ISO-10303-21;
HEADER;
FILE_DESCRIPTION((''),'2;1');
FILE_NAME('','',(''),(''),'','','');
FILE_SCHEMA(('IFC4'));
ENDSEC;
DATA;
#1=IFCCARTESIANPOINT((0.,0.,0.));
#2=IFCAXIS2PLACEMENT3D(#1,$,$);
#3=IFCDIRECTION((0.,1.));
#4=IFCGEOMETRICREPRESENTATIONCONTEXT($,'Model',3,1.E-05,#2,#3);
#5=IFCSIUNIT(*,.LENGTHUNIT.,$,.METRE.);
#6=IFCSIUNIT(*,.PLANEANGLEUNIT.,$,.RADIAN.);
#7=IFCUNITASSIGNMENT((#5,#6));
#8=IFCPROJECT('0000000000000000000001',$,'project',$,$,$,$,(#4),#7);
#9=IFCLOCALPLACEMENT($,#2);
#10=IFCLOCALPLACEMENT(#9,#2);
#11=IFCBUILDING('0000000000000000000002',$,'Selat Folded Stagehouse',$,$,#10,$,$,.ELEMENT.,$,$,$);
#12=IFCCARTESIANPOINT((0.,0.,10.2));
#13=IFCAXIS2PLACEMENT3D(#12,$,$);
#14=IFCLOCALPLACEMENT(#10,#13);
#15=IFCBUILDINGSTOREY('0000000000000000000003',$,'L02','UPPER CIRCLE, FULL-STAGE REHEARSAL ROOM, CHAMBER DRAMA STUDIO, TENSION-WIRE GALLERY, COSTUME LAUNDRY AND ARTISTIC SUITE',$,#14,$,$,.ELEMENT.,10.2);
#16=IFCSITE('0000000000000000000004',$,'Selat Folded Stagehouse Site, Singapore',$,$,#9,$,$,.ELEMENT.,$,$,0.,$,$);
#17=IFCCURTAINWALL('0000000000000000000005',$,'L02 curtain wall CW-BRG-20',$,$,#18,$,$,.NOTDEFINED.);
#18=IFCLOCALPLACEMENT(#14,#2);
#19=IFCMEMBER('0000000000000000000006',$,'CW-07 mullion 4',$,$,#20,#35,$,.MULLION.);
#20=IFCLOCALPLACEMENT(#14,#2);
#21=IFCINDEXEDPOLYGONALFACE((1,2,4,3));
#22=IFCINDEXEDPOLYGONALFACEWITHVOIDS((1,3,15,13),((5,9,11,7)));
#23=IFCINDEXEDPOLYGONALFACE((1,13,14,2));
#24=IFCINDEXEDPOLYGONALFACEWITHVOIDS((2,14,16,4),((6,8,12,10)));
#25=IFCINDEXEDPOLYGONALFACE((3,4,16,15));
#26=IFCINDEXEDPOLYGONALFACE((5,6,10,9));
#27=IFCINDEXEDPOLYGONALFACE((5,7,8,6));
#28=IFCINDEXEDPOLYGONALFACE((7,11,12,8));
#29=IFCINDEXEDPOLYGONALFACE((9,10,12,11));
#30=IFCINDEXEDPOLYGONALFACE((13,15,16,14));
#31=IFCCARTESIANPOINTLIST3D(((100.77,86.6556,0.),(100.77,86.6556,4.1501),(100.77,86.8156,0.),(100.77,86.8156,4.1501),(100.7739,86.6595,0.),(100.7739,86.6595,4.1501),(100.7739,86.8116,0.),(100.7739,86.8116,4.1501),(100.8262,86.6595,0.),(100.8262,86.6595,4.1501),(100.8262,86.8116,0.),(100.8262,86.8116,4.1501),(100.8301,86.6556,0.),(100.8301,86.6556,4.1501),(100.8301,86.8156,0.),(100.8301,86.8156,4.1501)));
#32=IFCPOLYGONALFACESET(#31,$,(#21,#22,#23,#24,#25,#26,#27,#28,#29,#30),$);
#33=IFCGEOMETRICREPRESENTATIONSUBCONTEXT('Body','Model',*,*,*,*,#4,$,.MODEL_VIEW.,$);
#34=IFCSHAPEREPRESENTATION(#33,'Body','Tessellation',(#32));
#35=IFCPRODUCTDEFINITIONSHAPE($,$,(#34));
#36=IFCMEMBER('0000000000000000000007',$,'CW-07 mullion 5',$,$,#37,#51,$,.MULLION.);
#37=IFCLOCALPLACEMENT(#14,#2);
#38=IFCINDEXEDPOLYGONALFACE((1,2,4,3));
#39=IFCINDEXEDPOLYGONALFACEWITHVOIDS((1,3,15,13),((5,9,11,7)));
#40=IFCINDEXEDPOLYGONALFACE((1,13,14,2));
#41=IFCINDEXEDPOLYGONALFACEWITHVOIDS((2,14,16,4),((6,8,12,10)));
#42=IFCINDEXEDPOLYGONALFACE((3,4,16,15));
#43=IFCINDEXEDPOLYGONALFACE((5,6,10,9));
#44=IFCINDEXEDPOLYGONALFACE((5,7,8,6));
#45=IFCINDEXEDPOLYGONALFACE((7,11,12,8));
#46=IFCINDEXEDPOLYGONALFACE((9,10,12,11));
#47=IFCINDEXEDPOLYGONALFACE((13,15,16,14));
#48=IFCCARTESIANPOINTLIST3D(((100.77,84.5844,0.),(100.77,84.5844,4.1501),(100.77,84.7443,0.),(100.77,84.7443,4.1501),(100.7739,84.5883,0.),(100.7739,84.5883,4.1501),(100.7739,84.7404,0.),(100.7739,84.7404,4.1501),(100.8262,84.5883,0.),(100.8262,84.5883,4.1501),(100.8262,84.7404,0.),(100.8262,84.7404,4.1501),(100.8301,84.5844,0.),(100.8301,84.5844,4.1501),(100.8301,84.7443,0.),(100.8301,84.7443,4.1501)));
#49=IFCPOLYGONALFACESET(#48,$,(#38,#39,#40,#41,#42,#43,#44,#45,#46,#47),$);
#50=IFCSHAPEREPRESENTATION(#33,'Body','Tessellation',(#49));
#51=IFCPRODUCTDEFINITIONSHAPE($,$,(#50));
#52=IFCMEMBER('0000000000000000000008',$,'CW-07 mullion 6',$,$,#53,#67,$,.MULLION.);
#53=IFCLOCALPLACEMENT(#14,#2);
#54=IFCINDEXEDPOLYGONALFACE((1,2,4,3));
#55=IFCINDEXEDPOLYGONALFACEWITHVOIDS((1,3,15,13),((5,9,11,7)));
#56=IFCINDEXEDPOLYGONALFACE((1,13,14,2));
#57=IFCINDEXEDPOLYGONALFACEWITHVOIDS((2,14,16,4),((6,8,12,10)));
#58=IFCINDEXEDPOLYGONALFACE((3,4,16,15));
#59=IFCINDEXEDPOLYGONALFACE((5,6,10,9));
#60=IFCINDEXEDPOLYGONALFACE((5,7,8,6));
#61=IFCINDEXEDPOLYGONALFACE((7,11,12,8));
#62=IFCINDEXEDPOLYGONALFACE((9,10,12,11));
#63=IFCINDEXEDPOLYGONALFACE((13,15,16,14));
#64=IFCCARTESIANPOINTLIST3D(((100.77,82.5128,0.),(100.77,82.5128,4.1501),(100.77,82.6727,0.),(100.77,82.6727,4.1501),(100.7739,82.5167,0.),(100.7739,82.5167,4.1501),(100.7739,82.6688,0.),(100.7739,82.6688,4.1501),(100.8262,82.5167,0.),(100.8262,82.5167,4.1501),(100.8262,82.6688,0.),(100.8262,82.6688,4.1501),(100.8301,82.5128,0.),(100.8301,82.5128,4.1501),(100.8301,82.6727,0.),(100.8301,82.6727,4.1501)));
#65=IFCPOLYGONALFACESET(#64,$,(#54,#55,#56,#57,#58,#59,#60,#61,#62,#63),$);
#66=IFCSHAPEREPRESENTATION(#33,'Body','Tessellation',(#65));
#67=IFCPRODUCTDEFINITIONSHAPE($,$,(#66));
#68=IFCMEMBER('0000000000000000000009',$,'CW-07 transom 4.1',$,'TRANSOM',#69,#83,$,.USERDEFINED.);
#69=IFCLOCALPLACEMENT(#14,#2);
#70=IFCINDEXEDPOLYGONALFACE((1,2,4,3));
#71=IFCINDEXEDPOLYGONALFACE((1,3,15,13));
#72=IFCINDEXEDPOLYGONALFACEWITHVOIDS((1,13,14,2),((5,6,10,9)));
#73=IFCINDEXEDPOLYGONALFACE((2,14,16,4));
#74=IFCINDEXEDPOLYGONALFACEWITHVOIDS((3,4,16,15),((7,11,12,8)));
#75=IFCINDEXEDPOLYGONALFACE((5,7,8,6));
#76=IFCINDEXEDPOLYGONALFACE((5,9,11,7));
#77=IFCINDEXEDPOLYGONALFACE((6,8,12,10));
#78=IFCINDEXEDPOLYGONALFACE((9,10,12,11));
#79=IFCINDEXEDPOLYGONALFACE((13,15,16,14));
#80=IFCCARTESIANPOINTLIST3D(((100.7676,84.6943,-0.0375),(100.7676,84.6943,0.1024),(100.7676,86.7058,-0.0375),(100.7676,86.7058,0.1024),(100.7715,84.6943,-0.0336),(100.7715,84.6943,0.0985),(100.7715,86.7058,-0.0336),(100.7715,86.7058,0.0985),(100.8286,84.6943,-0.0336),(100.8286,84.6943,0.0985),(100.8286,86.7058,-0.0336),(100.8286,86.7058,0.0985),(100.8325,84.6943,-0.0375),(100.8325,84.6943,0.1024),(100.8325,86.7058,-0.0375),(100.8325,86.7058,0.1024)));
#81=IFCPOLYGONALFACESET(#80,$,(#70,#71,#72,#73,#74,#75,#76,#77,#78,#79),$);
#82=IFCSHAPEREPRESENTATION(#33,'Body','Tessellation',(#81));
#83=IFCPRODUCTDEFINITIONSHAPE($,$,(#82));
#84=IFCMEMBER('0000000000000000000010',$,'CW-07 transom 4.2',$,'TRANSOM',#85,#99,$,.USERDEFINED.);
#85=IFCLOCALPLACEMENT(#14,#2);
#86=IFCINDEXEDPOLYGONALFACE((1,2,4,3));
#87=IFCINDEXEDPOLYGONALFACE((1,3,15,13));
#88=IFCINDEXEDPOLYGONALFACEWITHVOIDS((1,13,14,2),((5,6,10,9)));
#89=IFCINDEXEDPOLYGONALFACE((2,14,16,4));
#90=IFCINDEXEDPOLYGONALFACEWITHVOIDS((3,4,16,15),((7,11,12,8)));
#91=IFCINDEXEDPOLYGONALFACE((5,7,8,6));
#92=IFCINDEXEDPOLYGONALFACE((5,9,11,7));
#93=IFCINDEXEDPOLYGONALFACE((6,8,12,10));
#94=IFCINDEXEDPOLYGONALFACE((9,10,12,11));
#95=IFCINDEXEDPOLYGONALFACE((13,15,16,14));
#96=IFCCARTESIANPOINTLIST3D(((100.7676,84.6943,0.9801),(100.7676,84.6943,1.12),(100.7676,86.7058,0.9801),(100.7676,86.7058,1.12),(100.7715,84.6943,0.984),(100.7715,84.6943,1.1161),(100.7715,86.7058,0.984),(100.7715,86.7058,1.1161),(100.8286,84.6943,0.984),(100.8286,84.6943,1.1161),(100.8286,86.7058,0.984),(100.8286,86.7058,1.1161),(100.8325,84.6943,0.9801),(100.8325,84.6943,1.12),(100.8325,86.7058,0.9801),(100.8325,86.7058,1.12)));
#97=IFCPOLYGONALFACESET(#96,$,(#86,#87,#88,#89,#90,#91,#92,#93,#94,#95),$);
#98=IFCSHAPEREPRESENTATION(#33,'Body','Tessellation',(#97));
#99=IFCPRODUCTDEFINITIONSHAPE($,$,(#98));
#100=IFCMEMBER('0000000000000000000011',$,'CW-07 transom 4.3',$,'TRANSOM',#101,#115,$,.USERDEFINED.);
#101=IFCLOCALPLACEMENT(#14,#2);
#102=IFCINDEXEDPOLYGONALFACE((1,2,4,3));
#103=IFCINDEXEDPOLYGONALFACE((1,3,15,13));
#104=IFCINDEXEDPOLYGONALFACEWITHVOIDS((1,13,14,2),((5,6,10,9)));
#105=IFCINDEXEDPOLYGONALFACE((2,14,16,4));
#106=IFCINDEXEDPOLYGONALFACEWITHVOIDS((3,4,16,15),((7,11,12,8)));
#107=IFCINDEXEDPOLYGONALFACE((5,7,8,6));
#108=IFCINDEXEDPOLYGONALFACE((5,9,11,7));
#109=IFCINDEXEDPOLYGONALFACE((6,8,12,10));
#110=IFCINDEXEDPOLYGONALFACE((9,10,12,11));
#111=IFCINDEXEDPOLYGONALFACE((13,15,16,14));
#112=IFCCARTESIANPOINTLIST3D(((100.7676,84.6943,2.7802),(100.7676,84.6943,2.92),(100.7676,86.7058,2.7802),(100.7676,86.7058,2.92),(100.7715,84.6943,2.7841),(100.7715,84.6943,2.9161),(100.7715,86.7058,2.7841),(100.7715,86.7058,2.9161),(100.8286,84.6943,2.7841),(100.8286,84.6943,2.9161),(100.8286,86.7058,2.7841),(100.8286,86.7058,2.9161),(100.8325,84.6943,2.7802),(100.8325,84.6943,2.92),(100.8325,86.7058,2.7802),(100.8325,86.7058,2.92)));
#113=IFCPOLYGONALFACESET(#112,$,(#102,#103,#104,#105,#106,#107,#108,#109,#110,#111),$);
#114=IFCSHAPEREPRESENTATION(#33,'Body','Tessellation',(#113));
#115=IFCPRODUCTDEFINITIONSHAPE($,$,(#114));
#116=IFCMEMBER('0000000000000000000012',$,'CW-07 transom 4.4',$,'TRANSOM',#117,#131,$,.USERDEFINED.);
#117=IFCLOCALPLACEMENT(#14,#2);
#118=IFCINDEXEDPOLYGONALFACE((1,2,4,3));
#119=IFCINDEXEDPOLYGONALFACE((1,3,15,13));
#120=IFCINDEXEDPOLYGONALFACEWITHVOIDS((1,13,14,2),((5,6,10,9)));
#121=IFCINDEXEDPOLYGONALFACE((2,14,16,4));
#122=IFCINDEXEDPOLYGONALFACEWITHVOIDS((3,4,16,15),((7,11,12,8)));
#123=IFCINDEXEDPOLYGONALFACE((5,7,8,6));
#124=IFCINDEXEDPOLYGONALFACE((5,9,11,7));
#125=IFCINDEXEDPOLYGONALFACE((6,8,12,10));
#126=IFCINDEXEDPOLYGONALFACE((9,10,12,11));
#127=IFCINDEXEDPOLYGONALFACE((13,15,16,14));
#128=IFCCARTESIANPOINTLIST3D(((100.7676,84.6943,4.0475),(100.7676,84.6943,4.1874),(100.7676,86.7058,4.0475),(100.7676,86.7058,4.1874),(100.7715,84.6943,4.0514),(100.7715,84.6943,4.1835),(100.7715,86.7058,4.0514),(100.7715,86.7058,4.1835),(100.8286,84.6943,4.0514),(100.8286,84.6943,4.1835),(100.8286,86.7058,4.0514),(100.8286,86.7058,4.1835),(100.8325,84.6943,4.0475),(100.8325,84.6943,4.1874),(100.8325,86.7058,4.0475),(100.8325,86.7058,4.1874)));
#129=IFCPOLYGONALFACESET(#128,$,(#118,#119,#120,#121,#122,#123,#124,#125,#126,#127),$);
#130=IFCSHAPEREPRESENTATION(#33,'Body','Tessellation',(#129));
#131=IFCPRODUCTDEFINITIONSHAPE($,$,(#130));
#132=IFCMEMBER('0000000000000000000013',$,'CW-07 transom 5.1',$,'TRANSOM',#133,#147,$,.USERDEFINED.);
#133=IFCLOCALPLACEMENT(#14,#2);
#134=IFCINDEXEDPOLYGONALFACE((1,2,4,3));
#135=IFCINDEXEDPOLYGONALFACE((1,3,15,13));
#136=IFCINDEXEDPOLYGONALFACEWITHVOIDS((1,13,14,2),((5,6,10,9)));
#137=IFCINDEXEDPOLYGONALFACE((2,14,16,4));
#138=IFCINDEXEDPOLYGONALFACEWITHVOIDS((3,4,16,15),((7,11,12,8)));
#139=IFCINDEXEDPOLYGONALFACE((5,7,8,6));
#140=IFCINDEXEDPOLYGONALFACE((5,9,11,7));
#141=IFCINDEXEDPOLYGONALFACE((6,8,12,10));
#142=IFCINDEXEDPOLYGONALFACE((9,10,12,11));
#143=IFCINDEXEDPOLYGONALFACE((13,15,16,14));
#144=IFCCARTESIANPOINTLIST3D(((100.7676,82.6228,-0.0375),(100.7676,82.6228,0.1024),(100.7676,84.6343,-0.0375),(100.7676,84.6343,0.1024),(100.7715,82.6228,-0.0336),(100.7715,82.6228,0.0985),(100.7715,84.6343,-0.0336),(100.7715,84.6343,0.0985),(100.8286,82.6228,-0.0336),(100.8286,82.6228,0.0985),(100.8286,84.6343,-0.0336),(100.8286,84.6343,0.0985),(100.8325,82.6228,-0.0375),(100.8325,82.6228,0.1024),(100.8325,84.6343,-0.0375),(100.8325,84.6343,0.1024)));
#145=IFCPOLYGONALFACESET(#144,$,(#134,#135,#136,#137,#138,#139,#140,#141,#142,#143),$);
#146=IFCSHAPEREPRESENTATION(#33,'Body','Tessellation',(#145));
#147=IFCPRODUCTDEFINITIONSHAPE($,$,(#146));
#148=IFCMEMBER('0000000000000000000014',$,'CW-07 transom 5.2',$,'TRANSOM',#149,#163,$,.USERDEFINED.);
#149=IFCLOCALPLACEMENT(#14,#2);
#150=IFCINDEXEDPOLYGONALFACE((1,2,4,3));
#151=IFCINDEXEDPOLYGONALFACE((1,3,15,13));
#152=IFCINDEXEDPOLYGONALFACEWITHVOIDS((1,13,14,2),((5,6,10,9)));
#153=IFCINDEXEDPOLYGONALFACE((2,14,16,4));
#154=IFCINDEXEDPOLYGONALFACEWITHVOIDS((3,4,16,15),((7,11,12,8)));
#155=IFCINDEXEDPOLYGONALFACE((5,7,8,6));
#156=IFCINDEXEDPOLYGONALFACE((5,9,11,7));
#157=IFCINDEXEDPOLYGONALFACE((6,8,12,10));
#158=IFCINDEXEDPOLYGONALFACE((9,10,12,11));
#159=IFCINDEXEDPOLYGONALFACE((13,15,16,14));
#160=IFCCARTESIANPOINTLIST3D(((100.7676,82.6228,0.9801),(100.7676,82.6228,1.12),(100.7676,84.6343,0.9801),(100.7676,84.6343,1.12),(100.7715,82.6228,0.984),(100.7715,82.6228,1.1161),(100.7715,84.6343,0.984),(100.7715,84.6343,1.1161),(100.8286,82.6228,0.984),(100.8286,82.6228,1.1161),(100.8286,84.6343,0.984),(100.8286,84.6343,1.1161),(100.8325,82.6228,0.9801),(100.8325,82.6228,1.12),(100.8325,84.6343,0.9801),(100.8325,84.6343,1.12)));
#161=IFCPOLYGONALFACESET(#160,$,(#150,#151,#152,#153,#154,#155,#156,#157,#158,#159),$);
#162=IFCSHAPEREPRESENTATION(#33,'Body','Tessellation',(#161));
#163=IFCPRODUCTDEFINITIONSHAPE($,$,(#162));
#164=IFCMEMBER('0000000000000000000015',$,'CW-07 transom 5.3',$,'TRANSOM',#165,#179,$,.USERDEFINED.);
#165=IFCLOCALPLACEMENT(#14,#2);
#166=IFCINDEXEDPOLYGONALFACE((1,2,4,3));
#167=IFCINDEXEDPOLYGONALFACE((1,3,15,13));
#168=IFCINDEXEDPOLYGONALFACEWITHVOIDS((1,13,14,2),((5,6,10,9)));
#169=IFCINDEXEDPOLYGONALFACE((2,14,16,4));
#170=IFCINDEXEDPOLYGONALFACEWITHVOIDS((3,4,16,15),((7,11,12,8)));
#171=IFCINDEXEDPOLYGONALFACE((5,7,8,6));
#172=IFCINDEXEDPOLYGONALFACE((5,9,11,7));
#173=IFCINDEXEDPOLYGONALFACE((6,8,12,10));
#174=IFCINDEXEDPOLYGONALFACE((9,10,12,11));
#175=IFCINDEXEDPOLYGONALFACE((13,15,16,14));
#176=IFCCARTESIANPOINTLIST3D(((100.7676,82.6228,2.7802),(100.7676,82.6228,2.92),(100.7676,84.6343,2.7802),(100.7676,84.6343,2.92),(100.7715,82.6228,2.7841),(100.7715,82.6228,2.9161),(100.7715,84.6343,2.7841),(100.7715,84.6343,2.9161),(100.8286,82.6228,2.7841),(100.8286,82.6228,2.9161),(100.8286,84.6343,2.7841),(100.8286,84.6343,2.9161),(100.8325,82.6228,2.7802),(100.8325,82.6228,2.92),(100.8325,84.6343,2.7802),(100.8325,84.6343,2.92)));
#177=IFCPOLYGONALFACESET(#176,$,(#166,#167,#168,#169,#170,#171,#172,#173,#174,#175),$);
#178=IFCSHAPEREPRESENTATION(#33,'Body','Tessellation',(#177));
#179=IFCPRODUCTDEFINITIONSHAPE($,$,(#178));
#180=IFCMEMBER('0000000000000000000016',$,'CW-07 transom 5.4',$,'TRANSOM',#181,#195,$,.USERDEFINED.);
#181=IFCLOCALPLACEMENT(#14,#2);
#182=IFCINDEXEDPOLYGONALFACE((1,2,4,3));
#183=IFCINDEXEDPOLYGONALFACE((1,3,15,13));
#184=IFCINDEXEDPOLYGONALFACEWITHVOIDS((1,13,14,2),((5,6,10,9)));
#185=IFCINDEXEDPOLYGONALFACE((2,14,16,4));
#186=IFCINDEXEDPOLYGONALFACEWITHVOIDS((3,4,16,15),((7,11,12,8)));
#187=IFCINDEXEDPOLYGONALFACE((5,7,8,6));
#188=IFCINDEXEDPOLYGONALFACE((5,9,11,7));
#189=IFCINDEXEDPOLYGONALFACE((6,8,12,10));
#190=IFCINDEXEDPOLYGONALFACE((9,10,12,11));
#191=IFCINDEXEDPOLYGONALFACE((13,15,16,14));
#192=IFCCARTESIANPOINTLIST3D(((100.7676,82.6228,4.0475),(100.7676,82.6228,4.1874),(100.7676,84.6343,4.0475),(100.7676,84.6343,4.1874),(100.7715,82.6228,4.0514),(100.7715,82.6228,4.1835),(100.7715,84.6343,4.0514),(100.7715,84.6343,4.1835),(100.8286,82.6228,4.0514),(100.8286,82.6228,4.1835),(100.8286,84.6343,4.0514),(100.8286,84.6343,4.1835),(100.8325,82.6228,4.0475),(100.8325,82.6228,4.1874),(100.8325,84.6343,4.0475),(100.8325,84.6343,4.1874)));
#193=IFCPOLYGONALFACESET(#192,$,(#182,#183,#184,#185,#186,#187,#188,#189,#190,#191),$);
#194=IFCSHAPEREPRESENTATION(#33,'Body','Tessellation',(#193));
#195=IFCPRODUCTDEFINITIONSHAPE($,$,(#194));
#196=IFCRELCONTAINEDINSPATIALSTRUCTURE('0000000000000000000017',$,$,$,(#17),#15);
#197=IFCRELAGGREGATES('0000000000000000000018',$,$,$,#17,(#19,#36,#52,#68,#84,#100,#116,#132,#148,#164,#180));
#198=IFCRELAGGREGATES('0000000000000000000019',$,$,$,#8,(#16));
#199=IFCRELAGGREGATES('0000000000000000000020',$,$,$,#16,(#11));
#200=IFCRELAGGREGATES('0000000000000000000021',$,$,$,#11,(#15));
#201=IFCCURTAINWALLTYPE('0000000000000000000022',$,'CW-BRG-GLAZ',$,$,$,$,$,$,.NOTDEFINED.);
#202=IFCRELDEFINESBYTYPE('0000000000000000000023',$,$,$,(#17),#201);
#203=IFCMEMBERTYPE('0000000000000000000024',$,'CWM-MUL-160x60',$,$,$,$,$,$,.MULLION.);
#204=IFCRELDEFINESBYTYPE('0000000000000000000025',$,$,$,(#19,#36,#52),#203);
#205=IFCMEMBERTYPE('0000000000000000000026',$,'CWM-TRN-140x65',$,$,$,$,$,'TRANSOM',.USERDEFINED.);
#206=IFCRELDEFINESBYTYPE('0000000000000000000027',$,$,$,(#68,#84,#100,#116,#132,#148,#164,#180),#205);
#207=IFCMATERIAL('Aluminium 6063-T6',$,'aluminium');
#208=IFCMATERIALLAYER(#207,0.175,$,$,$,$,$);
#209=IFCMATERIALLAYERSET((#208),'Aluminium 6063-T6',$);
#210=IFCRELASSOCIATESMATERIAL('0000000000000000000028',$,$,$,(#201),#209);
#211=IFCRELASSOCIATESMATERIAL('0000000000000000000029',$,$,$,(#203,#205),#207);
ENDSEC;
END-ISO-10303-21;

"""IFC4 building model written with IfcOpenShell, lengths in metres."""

from ifc_helpers import new_model, si_unit, direction, frame, origin, origin_2d, place, context, subcontext, project, spatial, hollow_rectangle, extrude, material, layer, layer_set, material_profile, profile_set, type_object, element, aggregate, save


model = new_model("IFC4")

# Units and contexts
model_context = context("Model", 3, precision=1e-05, world=origin(), true_north=direction((0.0, 1.0)))
body_context = subcontext(model_context, "Body", "Model", "MODEL_VIEW")
ifc_project = project(units=[si_unit("LENGTHUNIT", "METRE"), si_unit("PLANEANGLEUNIT", "RADIAN")], contexts=[model_context])

# Site, building, storey
site_placement = place(None, origin())
site = spatial("IfcSite", under=ifc_project, at=site_placement, Name="Selat Folded Stagehouse Site, Singapore", CompositionType="ELEMENT", RefElevation=0.0)
building_placement = place(site_placement, origin())
building = spatial("IfcBuilding", under=site, at=building_placement, Name="Selat Folded Stagehouse", CompositionType="ELEMENT")
storey_placement = place(building_placement, frame((0.0, 0.0, 10.2)))
storey = spatial("IfcBuildingStorey", under=building, at=storey_placement, Name="L02", Description="UPPER CIRCLE, FULL-STAGE REHEARSAL ROOM, CHAMBER DRAMA STUDIO, TENSION-WIRE GALLERY, COSTUME LAUNDRY AND ARTISTIC SUITE", CompositionType="ELEMENT", Elevation=10.2)

# Curtain wall, members
ifc_material_1 = material(Name="Aluminium 6063-T6", Category="aluminium")
ifc_layer_1 = layer(ifc_material_1, 0.175)
ifc_layer_set_1 = layer_set([ifc_layer_1], Name="Aluminium 6063-T6")
curtain_wall_type = type_object("IfcCurtainWallType", Name="CW-BRG-GLAZ", PredefinedType="NOTDEFINED", material=ifc_layer_set_1)
curtain_wall_placement = place(storey_placement, origin())
curtain_wall = element("IfcCurtainWall", 1, at=curtain_wall_placement, inside=storey, type_object=curtain_wall_type, Name="L02 curtain wall CW-BRG-20", PredefinedType="NOTDEFINED")
ifc_material_profile_1 = material_profile(ifc_material_1, hollow_rectangle(XDim=0.0601, YDim=0.1599, WallThickness=0.0039, at=origin_2d()), Name="ALU 160x60x4.0")
ifc_profile_set_1 = profile_set([ifc_material_profile_1], Name="Aluminium 6063-T6")
member_type_1 = type_object("IfcMemberType", Name="CWM-MUL-160x60", PredefinedType="MULLION", material=ifc_profile_set_1)
member_1_placement = place(storey_placement, frame((100.8, 86.7356, 0.0), z_axis=(0.0, 0.0, 1.0), x_axis=(1.0, 0.0, 0.0)))
member_1 = element("IfcMember", 2, at=member_1_placement, type_object=member_type_1, Name="CW-07 mullion 4", PredefinedType="MULLION", context=body_context, shape_type="SweptSolid", body=[
    extrude(hollow_rectangle(XDim=0.0601, YDim=0.1599, WallThickness=0.0039, at=origin_2d()), origin(), (0.0, 0.0, 1.0), 4.1501),
])
member_2_placement = place(storey_placement, frame((100.8, 84.6643, 0.0), z_axis=(0.0, 0.0, 1.0), x_axis=(1.0, 0.0, 0.0)))
member_2 = element("IfcMember", 3, at=member_2_placement, type_object=member_type_1, Name="CW-07 mullion 5", PredefinedType="MULLION", context=body_context, shape_type="SweptSolid", body=[
    extrude(hollow_rectangle(XDim=0.0601, YDim=0.1599, WallThickness=0.0039, at=origin_2d()), origin(), (0.0, 0.0, 1.0), 4.1501),
])
member_3_placement = place(storey_placement, frame((100.8, 82.5928, 0.0), z_axis=(0.0, 0.0, 1.0), x_axis=(1.0, 0.0, 0.0)))
member_3 = element("IfcMember", 4, at=member_3_placement, type_object=member_type_1, Name="CW-07 mullion 6", PredefinedType="MULLION", context=body_context, shape_type="SweptSolid", body=[
    extrude(hollow_rectangle(XDim=0.0601, YDim=0.1599, WallThickness=0.0039, at=origin_2d()), origin(), (0.0, 0.0, 1.0), 4.1501),
])
ifc_material_profile_2 = material_profile(ifc_material_1, hollow_rectangle(XDim=0.0649, YDim=0.1399, WallThickness=0.0039, at=origin_2d()), Name="ALU 140x65x4.0")
ifc_profile_set_2 = profile_set([ifc_material_profile_2], Name="Aluminium 6063-T6")
member_type_2 = type_object("IfcMemberType", Name="CWM-TRN-140x65", ElementType="TRANSOM", PredefinedType="USERDEFINED", material=ifc_profile_set_2)
member_4_placement = place(storey_placement, frame((100.8, 86.7058, 0.0325), z_axis=(0.0, -1.0, 0.0), x_axis=(1.0, 0.0, 0.0)))
member_4 = element("IfcMember", 5, at=member_4_placement, type_object=member_type_2, Name="CW-07 transom 4.1", ObjectType="TRANSOM", PredefinedType="USERDEFINED", context=body_context, shape_type="SweptSolid", body=[
    extrude(hollow_rectangle(XDim=0.0649, YDim=0.1399, WallThickness=0.0039, at=origin_2d()), origin(), (0.0, 0.0, 1.0), 2.0115),
])
member_5_placement = place(storey_placement, frame((100.8, 86.7058, 1.05), z_axis=(0.0, -1.0, 0.0), x_axis=(1.0, 0.0, 0.0)))
member_5 = element("IfcMember", 6, at=member_5_placement, type_object=member_type_2, Name="CW-07 transom 4.2", ObjectType="TRANSOM", PredefinedType="USERDEFINED", context=body_context, shape_type="SweptSolid", body=[
    extrude(hollow_rectangle(XDim=0.0649, YDim=0.1399, WallThickness=0.0039, at=origin_2d()), origin(), (0.0, 0.0, 1.0), 2.0115),
])
member_6_placement = place(storey_placement, frame((100.8, 86.7058, 2.8501), z_axis=(0.0, -1.0, 0.0), x_axis=(1.0, 0.0, 0.0)))
member_6 = element("IfcMember", 7, at=member_6_placement, type_object=member_type_2, Name="CW-07 transom 4.3", ObjectType="TRANSOM", PredefinedType="USERDEFINED", context=body_context, shape_type="SweptSolid", body=[
    extrude(hollow_rectangle(XDim=0.0649, YDim=0.1399, WallThickness=0.0039, at=origin_2d()), origin(), (0.0, 0.0, 1.0), 2.0115),
])
member_7_placement = place(storey_placement, frame((100.8, 86.7058, 4.1174), z_axis=(0.0, -1.0, 0.0), x_axis=(1.0, 0.0, 0.0)))
member_7 = element("IfcMember", 8, at=member_7_placement, type_object=member_type_2, Name="CW-07 transom 4.4", ObjectType="TRANSOM", PredefinedType="USERDEFINED", context=body_context, shape_type="SweptSolid", body=[
    extrude(hollow_rectangle(XDim=0.0649, YDim=0.1399, WallThickness=0.0039, at=origin_2d()), origin(), (0.0, 0.0, 1.0), 2.0115),
])
member_8_placement = place(storey_placement, frame((100.8, 84.6343, 0.0325), z_axis=(0.0, -1.0, 0.0), x_axis=(1.0, 0.0, 0.0)))
member_8 = element("IfcMember", 9, at=member_8_placement, type_object=member_type_2, Name="CW-07 transom 5.1", ObjectType="TRANSOM", PredefinedType="USERDEFINED", context=body_context, shape_type="SweptSolid", body=[
    extrude(hollow_rectangle(XDim=0.0649, YDim=0.1399, WallThickness=0.0039, at=origin_2d()), origin(), (0.0, 0.0, 1.0), 2.0115),
])
member_9_placement = place(storey_placement, frame((100.8, 84.6343, 1.05), z_axis=(0.0, -1.0, 0.0), x_axis=(1.0, 0.0, 0.0)))
member_9 = element("IfcMember", 10, at=member_9_placement, type_object=member_type_2, Name="CW-07 transom 5.2", ObjectType="TRANSOM", PredefinedType="USERDEFINED", context=body_context, shape_type="SweptSolid", body=[
    extrude(hollow_rectangle(XDim=0.0649, YDim=0.1399, WallThickness=0.0039, at=origin_2d()), origin(), (0.0, 0.0, 1.0), 2.0115),
])
member_10_placement = place(storey_placement, frame((100.8, 84.6343, 2.8501), z_axis=(0.0, -1.0, 0.0), x_axis=(1.0, 0.0, 0.0)))
member_10 = element("IfcMember", 11, at=member_10_placement, type_object=member_type_2, Name="CW-07 transom 5.3", ObjectType="TRANSOM", PredefinedType="USERDEFINED", context=body_context, shape_type="SweptSolid", body=[
    extrude(hollow_rectangle(XDim=0.0649, YDim=0.1399, WallThickness=0.0039, at=origin_2d()), origin(), (0.0, 0.0, 1.0), 2.0115),
])
member_11_placement = place(storey_placement, frame((100.8, 84.6343, 4.1174), z_axis=(0.0, -1.0, 0.0), x_axis=(1.0, 0.0, 0.0)))
member_11 = element("IfcMember", 12, at=member_11_placement, type_object=member_type_2, Name="CW-07 transom 5.4", ObjectType="TRANSOM", PredefinedType="USERDEFINED", context=body_context, shape_type="SweptSolid", body=[
    extrude(hollow_rectangle(XDim=0.0649, YDim=0.1399, WallThickness=0.0039, at=origin_2d()), origin(), (0.0, 0.0, 1.0), 2.0115),
])
aggregate(curtain_wall, [member_1, member_2, member_3, member_4, member_5, member_6, member_7, member_8, member_9, member_10, member_11])

save(model, "model.ifc")
